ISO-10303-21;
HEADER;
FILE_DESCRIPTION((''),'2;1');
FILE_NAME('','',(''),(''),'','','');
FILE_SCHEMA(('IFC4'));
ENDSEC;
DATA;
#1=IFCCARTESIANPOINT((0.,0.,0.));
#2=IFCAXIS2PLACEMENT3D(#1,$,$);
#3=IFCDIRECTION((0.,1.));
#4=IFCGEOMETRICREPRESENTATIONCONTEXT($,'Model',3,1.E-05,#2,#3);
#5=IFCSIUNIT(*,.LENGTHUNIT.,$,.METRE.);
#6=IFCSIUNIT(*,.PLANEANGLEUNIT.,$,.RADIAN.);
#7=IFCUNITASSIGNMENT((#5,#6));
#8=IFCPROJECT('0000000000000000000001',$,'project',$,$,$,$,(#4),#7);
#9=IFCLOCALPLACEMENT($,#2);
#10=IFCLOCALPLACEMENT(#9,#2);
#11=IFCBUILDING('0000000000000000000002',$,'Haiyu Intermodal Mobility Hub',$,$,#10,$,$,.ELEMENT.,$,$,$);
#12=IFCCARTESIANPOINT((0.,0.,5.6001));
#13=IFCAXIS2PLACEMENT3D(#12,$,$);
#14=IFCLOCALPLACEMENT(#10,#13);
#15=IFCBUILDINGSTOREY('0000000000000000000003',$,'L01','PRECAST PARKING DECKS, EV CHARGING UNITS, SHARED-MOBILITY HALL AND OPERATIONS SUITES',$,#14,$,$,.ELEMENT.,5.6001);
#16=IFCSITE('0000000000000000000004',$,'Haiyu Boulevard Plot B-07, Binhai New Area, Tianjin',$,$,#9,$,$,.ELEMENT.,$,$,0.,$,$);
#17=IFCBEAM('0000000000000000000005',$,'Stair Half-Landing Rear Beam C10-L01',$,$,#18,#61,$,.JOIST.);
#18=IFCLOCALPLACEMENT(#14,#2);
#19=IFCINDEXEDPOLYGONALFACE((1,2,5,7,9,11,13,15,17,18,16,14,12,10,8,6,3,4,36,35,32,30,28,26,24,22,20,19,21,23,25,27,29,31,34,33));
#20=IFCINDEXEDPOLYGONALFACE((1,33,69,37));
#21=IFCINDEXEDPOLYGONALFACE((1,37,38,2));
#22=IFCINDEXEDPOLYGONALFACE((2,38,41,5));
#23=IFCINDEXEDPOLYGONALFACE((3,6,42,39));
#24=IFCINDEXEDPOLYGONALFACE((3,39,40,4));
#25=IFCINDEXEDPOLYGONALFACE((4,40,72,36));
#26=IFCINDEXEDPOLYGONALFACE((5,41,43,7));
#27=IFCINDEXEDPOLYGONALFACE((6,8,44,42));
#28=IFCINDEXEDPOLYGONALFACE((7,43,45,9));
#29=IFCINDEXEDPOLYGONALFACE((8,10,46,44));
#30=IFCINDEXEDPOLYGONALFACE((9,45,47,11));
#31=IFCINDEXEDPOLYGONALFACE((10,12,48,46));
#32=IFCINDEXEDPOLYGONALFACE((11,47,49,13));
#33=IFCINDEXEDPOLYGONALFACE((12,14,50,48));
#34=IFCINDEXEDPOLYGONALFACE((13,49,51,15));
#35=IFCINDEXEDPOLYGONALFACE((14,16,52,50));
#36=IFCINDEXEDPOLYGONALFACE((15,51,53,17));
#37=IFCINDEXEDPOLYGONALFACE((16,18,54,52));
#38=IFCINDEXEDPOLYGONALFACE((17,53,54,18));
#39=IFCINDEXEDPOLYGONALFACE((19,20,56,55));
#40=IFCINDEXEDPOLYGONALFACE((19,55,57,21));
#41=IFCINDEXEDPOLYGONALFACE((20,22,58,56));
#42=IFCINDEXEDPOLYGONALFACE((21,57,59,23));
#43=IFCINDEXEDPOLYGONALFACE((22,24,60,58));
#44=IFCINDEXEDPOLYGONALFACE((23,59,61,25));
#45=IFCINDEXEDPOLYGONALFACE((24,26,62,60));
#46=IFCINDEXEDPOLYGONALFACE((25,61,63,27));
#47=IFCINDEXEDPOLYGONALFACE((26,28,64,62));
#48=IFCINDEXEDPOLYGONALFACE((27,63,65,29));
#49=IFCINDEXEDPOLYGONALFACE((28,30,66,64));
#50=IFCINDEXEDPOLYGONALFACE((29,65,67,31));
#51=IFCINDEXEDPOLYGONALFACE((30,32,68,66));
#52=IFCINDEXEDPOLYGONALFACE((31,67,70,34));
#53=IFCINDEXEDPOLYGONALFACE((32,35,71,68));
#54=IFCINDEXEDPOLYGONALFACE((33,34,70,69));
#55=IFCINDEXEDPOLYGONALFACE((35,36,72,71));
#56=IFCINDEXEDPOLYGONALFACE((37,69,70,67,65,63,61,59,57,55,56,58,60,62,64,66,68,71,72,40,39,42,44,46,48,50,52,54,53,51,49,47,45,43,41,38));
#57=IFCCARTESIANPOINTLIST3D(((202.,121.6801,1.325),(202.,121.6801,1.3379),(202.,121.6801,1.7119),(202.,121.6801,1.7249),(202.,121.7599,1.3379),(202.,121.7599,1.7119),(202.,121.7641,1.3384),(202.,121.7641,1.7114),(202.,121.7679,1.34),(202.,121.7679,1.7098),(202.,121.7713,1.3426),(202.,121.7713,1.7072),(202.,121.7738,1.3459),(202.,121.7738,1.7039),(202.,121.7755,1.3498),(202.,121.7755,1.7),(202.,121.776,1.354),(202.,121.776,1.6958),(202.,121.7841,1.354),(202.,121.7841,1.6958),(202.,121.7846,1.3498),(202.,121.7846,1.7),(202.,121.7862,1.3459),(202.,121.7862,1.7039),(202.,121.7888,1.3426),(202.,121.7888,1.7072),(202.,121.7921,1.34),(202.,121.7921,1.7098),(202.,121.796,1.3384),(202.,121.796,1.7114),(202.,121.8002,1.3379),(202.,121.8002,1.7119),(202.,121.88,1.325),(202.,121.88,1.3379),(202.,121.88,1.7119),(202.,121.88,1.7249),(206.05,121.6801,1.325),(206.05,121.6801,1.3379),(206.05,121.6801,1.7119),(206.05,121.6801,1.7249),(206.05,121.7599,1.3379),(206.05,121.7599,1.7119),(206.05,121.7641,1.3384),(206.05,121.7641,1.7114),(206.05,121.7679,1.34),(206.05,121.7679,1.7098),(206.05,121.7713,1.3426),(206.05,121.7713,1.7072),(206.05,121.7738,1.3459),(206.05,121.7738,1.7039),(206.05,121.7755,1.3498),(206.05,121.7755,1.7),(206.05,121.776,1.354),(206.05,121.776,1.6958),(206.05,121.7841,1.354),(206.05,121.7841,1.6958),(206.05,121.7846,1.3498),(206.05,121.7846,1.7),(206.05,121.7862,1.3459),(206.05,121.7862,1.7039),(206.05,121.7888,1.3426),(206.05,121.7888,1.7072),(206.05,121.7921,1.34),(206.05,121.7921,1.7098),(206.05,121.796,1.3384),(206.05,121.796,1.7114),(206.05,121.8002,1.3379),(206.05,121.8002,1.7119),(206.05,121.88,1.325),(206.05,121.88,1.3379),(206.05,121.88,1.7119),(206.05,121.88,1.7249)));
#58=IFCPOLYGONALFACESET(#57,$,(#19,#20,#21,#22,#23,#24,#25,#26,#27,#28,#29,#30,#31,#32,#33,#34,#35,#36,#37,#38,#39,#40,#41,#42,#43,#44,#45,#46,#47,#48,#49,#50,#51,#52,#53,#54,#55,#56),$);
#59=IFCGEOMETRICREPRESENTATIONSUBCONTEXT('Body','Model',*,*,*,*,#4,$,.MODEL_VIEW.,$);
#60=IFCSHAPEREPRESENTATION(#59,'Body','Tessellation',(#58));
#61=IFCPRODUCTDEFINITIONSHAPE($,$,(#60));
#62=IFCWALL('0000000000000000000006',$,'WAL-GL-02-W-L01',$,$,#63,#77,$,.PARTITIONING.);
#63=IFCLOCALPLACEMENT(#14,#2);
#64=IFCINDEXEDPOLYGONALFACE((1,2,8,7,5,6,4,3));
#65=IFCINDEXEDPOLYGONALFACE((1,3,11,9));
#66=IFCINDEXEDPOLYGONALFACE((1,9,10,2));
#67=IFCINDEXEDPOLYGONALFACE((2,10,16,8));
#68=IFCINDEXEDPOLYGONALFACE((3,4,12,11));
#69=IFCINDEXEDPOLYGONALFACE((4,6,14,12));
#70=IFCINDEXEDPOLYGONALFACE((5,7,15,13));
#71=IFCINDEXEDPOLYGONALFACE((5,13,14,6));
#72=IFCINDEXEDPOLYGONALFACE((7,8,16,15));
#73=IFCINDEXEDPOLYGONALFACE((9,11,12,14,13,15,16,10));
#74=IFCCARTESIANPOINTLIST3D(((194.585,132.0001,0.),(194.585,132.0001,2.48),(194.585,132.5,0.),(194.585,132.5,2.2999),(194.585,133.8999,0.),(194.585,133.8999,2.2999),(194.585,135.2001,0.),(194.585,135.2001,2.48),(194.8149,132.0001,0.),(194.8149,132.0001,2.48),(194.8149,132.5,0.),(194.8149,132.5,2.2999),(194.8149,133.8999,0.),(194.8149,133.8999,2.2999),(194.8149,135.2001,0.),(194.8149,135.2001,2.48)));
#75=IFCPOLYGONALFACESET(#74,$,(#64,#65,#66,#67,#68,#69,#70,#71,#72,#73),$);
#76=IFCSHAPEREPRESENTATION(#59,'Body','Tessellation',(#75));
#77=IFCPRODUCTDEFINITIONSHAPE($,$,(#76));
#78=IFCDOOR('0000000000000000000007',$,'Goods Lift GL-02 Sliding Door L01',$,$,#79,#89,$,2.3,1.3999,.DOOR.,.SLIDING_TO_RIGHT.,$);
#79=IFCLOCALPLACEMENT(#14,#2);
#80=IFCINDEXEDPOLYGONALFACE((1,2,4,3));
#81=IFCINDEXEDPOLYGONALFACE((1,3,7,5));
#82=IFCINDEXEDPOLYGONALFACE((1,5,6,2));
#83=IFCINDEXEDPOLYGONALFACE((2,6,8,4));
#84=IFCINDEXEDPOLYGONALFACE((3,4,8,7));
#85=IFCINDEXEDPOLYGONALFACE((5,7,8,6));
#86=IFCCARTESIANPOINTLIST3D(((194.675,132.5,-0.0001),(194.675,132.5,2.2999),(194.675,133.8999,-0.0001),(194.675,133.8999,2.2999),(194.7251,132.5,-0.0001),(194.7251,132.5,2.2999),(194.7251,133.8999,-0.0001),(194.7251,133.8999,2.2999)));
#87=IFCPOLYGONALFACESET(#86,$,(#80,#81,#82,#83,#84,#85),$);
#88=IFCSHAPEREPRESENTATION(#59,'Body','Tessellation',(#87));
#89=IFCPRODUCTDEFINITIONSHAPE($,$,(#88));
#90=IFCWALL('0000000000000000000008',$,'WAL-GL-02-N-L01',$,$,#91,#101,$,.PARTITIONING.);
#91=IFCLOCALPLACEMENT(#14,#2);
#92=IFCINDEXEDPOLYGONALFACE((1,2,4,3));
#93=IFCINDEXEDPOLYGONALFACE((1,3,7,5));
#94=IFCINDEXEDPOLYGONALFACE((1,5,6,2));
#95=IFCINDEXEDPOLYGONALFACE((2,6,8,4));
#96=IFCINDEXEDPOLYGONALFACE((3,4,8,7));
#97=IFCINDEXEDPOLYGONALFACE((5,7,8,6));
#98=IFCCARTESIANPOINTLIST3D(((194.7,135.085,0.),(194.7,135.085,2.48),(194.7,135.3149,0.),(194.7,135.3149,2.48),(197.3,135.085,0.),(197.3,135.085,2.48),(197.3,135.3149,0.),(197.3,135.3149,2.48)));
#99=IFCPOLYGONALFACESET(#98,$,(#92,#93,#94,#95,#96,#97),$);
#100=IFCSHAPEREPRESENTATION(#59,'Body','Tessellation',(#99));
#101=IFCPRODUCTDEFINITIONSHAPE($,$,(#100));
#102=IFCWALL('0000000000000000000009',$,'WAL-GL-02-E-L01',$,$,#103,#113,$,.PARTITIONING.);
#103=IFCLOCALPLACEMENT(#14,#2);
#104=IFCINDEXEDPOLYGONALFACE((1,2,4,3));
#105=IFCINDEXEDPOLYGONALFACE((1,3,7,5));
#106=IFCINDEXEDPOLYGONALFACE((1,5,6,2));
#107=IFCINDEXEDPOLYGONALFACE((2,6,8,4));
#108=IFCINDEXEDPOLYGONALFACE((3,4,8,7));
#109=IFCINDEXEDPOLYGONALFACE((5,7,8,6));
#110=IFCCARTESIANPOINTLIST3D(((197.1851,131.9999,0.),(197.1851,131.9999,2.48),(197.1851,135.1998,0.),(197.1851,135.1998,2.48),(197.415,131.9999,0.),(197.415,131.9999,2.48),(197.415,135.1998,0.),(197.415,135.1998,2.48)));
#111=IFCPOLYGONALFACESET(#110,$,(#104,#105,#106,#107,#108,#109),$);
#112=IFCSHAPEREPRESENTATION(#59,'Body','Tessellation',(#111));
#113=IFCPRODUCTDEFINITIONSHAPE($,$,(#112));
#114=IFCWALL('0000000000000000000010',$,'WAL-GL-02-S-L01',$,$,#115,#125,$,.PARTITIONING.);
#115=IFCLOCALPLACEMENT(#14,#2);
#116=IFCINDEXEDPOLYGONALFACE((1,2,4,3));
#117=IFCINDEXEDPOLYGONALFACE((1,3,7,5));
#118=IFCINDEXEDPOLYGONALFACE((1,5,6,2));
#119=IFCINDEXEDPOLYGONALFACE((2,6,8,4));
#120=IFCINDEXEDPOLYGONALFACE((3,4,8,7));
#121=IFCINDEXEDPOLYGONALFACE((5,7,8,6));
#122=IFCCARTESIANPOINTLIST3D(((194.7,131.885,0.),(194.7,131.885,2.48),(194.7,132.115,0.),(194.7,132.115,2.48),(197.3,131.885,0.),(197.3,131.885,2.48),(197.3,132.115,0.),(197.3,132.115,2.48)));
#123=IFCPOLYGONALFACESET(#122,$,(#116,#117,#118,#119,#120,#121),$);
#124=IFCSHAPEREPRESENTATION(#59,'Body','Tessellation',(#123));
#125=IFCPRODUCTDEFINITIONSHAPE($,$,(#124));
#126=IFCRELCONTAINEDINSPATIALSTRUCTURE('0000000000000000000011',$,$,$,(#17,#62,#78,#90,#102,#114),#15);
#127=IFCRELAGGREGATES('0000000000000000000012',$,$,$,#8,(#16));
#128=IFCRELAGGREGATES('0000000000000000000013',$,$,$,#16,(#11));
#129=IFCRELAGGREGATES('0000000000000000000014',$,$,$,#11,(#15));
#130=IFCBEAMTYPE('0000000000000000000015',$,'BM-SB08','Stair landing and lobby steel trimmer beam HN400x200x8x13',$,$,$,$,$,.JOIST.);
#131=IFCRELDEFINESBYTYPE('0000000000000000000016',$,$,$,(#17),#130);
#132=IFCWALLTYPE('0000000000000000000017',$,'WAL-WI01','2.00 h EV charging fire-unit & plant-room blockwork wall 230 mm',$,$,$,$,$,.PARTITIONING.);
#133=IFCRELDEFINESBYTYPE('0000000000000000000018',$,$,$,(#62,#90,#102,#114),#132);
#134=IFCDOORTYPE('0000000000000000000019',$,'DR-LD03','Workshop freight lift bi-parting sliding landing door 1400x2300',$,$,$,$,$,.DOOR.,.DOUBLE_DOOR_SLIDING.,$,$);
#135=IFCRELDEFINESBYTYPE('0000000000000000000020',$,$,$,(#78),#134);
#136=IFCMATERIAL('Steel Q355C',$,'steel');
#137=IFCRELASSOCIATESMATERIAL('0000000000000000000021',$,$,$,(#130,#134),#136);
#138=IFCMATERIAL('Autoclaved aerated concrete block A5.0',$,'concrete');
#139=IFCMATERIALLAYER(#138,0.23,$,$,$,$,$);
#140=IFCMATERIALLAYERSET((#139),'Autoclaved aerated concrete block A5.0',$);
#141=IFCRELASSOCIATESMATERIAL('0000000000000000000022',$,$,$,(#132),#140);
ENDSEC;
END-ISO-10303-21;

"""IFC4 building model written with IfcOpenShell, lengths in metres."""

from ifc_helpers import new_model, si_unit, direction, frame, frame_2d, origin, origin_2d, place, context, subcontext, project, spatial, rectangle, i_section, extrude, material, layer, layer_set, material_profile, profile_set, type_object, element, fill, save


model = new_model("IFC4")

# Units and contexts
model_context = context("Model", 3, precision=1e-05, world=origin(), true_north=direction((0.0, 1.0)))
body_context = subcontext(model_context, "Body", "Model", "MODEL_VIEW")
ifc_project = project(units=[si_unit("LENGTHUNIT", "METRE"), si_unit("PLANEANGLEUNIT", "RADIAN")], contexts=[model_context])

# Site, building, storey
site_placement = place(None, origin())
site = spatial("IfcSite", under=ifc_project, at=site_placement, Name="Haiyu Boulevard Plot B-07, Binhai New Area, Tianjin", CompositionType="ELEMENT", RefElevation=0.0)
building_placement = place(site_placement, origin())
building = spatial("IfcBuilding", under=site, at=building_placement, Name="Haiyu Intermodal Mobility Hub", CompositionType="ELEMENT")
storey_placement = place(building_placement, frame((0.0, 0.0, 5.6001)))
storey = spatial("IfcBuildingStorey", under=building, at=storey_placement, Name="L01", Description="PRECAST PARKING DECKS, EV CHARGING UNITS, SHARED-MOBILITY HALL AND OPERATIONS SUITES", CompositionType="ELEMENT", Elevation=5.6001)

# Beam
ifc_material_1 = material(Name="Steel Q355C", Category="steel")
ifc_material_profile_1 = material_profile(ifc_material_1, i_section(OverallWidth=0.2, OverallDepth=0.3999, WebThickness=0.0081, FlangeThickness=0.0129, FilletRadius=0.0161, at=origin_2d()), Name="HN400x200x8x13")
ifc_profile_set_1 = profile_set([ifc_material_profile_1], Name="Steel Q355C")
beam_type_1 = type_object("IfcBeamType", Name="BM-SB08", Description="Stair landing and lobby steel trimmer beam HN400x200x8x13", PredefinedType="JOIST", material=ifc_profile_set_1)
for number, where, z_axis, x_axis, name in (
    (1, (202.0, 121.78, 1.5249), (1.0, 0.0, 0.0), (0.0, 1.0, 0.0), "Stair Half-Landing Rear Beam C10-L01"),
):
    element("IfcBeam", number, at=place(storey_placement, frame(where, z_axis=z_axis, x_axis=x_axis)), inside=storey, type_object=beam_type_1, Name=name, PredefinedType="JOIST", context=body_context, shape_type="SweptSolid", body=[
        extrude(i_section(OverallWidth=0.2, OverallDepth=0.3999, WebThickness=0.0081, FlangeThickness=0.0129, FilletRadius=0.0161, at=origin_2d()), origin(), (0.0, 0.0, 1.0), 4.05),
    ])

# Wall, opening, door
ifc_material_2 = material(Name="Autoclaved aerated concrete block A5.0", Category="concrete")
ifc_layer = layer(ifc_material_2, 0.23)
ifc_layer_set = layer_set([ifc_layer], Name="Autoclaved aerated concrete block A5.0")
wall_type = type_object("IfcWallType", Name="WAL-WI01", Description="2.00 h EV charging fire-unit & plant-room blockwork wall 230 mm", PredefinedType="PARTITIONING", material=ifc_layer_set)
wall_1_placement = place(storey_placement, frame((194.7, 132.0, 0.0), z_axis=(0.0, 0.0, 1.0), x_axis=(0.0, 1.0, 0.0)))
wall_1 = element("IfcWall", 2, at=wall_1_placement, inside=storey, type_object=wall_type, Name="WAL-GL-02-W-L01", PredefinedType="PARTITIONING", context=body_context, shape_type="SweptSolid", body=[
    extrude(rectangle(XDim=3.2, YDim=0.23, at=frame_2d((1.6001, 0.0))), origin(), (0.0, 0.0, 1.0), 2.48),
])
opening_placement = place(wall_1_placement, frame((0.5, 0.0, 0.0)))
opening = element("IfcOpeningElement", 3, at=opening_placement, cuts=wall_1, PredefinedType="OPENING", context=body_context, shape_type="SweptSolid", body=[
    extrude(rectangle(XDim=1.3999, YDim=2.3, at=frame_2d((0.7, 1.1499))), frame((0.0, 0.125, 0.0), z_axis=(0.0, -1.0, 0.0), x_axis=(1.0, 0.0, 0.0)), (0.0, 0.0, 1.0), 0.25),
])
door_type = type_object("IfcDoorType", Name="DR-LD03", Description="Workshop freight lift bi-parting sliding landing door 1400x2300", OperationType="DOUBLE_DOOR_SLIDING", PredefinedType="DOOR", material=ifc_material_1)
door_placement = place(opening_placement, origin())
door = element("IfcDoor", 4, at=door_placement, inside=storey, type_object=door_type, Name="Goods Lift GL-02 Sliding Door L01", OperationType="SLIDING_TO_RIGHT", OverallHeight=2.3, OverallWidth=1.3999, PredefinedType="DOOR", context=body_context, shape_type="SweptSolid", body=[
    extrude(rectangle(XDim=1.3999, YDim=2.3, at=frame_2d((0.7, 1.1499))), frame((0.0, 0.0249, 0.0), z_axis=(0.0, -1.0, 0.0), x_axis=(1.0, 0.0, 0.0)), (0.0, 0.0, 1.0), 0.05),
])
fill(opening, door)

# Walls
wall_2_placement = place(storey_placement, frame((194.7, 135.2, 0.0), z_axis=(0.0, 0.0, 1.0), x_axis=(1.0, 0.0, 0.0)))
element("IfcWall", 5, at=wall_2_placement, inside=storey, type_object=wall_type, Name="WAL-GL-02-N-L01", PredefinedType="PARTITIONING", context=body_context, shape_type="SweptSolid", body=[
    extrude(rectangle(XDim=2.6001, YDim=0.23, at=frame_2d((1.3, 0.0))), origin(), (0.0, 0.0, 1.0), 2.48),
])
wall_3_placement = place(storey_placement, frame((197.3, 135.2, 0.0), z_axis=(0.0, 0.0, 1.0), x_axis=(0.0, -1.0, 0.0)))
element("IfcWall", 6, at=wall_3_placement, inside=storey, type_object=wall_type, Name="WAL-GL-02-E-L01", PredefinedType="PARTITIONING", context=body_context, shape_type="SweptSolid", body=[
    extrude(rectangle(XDim=3.2, YDim=0.23, at=frame_2d((1.6001, 0.0))), origin(), (0.0, 0.0, 1.0), 2.48),
])
wall_4_placement = place(storey_placement, frame((197.3, 132.0, 0.0), z_axis=(0.0, 0.0, 1.0), x_axis=(-1.0, 0.0, 0.0)))
element("IfcWall", 7, at=wall_4_placement, inside=storey, type_object=wall_type, Name="WAL-GL-02-S-L01", PredefinedType="PARTITIONING", context=body_context, shape_type="SweptSolid", body=[
    extrude(rectangle(XDim=2.6001, YDim=0.23, at=frame_2d((1.3, 0.0))), origin(), (0.0, 0.0, 1.0), 2.48),
])

save(model, "model.ifc")
